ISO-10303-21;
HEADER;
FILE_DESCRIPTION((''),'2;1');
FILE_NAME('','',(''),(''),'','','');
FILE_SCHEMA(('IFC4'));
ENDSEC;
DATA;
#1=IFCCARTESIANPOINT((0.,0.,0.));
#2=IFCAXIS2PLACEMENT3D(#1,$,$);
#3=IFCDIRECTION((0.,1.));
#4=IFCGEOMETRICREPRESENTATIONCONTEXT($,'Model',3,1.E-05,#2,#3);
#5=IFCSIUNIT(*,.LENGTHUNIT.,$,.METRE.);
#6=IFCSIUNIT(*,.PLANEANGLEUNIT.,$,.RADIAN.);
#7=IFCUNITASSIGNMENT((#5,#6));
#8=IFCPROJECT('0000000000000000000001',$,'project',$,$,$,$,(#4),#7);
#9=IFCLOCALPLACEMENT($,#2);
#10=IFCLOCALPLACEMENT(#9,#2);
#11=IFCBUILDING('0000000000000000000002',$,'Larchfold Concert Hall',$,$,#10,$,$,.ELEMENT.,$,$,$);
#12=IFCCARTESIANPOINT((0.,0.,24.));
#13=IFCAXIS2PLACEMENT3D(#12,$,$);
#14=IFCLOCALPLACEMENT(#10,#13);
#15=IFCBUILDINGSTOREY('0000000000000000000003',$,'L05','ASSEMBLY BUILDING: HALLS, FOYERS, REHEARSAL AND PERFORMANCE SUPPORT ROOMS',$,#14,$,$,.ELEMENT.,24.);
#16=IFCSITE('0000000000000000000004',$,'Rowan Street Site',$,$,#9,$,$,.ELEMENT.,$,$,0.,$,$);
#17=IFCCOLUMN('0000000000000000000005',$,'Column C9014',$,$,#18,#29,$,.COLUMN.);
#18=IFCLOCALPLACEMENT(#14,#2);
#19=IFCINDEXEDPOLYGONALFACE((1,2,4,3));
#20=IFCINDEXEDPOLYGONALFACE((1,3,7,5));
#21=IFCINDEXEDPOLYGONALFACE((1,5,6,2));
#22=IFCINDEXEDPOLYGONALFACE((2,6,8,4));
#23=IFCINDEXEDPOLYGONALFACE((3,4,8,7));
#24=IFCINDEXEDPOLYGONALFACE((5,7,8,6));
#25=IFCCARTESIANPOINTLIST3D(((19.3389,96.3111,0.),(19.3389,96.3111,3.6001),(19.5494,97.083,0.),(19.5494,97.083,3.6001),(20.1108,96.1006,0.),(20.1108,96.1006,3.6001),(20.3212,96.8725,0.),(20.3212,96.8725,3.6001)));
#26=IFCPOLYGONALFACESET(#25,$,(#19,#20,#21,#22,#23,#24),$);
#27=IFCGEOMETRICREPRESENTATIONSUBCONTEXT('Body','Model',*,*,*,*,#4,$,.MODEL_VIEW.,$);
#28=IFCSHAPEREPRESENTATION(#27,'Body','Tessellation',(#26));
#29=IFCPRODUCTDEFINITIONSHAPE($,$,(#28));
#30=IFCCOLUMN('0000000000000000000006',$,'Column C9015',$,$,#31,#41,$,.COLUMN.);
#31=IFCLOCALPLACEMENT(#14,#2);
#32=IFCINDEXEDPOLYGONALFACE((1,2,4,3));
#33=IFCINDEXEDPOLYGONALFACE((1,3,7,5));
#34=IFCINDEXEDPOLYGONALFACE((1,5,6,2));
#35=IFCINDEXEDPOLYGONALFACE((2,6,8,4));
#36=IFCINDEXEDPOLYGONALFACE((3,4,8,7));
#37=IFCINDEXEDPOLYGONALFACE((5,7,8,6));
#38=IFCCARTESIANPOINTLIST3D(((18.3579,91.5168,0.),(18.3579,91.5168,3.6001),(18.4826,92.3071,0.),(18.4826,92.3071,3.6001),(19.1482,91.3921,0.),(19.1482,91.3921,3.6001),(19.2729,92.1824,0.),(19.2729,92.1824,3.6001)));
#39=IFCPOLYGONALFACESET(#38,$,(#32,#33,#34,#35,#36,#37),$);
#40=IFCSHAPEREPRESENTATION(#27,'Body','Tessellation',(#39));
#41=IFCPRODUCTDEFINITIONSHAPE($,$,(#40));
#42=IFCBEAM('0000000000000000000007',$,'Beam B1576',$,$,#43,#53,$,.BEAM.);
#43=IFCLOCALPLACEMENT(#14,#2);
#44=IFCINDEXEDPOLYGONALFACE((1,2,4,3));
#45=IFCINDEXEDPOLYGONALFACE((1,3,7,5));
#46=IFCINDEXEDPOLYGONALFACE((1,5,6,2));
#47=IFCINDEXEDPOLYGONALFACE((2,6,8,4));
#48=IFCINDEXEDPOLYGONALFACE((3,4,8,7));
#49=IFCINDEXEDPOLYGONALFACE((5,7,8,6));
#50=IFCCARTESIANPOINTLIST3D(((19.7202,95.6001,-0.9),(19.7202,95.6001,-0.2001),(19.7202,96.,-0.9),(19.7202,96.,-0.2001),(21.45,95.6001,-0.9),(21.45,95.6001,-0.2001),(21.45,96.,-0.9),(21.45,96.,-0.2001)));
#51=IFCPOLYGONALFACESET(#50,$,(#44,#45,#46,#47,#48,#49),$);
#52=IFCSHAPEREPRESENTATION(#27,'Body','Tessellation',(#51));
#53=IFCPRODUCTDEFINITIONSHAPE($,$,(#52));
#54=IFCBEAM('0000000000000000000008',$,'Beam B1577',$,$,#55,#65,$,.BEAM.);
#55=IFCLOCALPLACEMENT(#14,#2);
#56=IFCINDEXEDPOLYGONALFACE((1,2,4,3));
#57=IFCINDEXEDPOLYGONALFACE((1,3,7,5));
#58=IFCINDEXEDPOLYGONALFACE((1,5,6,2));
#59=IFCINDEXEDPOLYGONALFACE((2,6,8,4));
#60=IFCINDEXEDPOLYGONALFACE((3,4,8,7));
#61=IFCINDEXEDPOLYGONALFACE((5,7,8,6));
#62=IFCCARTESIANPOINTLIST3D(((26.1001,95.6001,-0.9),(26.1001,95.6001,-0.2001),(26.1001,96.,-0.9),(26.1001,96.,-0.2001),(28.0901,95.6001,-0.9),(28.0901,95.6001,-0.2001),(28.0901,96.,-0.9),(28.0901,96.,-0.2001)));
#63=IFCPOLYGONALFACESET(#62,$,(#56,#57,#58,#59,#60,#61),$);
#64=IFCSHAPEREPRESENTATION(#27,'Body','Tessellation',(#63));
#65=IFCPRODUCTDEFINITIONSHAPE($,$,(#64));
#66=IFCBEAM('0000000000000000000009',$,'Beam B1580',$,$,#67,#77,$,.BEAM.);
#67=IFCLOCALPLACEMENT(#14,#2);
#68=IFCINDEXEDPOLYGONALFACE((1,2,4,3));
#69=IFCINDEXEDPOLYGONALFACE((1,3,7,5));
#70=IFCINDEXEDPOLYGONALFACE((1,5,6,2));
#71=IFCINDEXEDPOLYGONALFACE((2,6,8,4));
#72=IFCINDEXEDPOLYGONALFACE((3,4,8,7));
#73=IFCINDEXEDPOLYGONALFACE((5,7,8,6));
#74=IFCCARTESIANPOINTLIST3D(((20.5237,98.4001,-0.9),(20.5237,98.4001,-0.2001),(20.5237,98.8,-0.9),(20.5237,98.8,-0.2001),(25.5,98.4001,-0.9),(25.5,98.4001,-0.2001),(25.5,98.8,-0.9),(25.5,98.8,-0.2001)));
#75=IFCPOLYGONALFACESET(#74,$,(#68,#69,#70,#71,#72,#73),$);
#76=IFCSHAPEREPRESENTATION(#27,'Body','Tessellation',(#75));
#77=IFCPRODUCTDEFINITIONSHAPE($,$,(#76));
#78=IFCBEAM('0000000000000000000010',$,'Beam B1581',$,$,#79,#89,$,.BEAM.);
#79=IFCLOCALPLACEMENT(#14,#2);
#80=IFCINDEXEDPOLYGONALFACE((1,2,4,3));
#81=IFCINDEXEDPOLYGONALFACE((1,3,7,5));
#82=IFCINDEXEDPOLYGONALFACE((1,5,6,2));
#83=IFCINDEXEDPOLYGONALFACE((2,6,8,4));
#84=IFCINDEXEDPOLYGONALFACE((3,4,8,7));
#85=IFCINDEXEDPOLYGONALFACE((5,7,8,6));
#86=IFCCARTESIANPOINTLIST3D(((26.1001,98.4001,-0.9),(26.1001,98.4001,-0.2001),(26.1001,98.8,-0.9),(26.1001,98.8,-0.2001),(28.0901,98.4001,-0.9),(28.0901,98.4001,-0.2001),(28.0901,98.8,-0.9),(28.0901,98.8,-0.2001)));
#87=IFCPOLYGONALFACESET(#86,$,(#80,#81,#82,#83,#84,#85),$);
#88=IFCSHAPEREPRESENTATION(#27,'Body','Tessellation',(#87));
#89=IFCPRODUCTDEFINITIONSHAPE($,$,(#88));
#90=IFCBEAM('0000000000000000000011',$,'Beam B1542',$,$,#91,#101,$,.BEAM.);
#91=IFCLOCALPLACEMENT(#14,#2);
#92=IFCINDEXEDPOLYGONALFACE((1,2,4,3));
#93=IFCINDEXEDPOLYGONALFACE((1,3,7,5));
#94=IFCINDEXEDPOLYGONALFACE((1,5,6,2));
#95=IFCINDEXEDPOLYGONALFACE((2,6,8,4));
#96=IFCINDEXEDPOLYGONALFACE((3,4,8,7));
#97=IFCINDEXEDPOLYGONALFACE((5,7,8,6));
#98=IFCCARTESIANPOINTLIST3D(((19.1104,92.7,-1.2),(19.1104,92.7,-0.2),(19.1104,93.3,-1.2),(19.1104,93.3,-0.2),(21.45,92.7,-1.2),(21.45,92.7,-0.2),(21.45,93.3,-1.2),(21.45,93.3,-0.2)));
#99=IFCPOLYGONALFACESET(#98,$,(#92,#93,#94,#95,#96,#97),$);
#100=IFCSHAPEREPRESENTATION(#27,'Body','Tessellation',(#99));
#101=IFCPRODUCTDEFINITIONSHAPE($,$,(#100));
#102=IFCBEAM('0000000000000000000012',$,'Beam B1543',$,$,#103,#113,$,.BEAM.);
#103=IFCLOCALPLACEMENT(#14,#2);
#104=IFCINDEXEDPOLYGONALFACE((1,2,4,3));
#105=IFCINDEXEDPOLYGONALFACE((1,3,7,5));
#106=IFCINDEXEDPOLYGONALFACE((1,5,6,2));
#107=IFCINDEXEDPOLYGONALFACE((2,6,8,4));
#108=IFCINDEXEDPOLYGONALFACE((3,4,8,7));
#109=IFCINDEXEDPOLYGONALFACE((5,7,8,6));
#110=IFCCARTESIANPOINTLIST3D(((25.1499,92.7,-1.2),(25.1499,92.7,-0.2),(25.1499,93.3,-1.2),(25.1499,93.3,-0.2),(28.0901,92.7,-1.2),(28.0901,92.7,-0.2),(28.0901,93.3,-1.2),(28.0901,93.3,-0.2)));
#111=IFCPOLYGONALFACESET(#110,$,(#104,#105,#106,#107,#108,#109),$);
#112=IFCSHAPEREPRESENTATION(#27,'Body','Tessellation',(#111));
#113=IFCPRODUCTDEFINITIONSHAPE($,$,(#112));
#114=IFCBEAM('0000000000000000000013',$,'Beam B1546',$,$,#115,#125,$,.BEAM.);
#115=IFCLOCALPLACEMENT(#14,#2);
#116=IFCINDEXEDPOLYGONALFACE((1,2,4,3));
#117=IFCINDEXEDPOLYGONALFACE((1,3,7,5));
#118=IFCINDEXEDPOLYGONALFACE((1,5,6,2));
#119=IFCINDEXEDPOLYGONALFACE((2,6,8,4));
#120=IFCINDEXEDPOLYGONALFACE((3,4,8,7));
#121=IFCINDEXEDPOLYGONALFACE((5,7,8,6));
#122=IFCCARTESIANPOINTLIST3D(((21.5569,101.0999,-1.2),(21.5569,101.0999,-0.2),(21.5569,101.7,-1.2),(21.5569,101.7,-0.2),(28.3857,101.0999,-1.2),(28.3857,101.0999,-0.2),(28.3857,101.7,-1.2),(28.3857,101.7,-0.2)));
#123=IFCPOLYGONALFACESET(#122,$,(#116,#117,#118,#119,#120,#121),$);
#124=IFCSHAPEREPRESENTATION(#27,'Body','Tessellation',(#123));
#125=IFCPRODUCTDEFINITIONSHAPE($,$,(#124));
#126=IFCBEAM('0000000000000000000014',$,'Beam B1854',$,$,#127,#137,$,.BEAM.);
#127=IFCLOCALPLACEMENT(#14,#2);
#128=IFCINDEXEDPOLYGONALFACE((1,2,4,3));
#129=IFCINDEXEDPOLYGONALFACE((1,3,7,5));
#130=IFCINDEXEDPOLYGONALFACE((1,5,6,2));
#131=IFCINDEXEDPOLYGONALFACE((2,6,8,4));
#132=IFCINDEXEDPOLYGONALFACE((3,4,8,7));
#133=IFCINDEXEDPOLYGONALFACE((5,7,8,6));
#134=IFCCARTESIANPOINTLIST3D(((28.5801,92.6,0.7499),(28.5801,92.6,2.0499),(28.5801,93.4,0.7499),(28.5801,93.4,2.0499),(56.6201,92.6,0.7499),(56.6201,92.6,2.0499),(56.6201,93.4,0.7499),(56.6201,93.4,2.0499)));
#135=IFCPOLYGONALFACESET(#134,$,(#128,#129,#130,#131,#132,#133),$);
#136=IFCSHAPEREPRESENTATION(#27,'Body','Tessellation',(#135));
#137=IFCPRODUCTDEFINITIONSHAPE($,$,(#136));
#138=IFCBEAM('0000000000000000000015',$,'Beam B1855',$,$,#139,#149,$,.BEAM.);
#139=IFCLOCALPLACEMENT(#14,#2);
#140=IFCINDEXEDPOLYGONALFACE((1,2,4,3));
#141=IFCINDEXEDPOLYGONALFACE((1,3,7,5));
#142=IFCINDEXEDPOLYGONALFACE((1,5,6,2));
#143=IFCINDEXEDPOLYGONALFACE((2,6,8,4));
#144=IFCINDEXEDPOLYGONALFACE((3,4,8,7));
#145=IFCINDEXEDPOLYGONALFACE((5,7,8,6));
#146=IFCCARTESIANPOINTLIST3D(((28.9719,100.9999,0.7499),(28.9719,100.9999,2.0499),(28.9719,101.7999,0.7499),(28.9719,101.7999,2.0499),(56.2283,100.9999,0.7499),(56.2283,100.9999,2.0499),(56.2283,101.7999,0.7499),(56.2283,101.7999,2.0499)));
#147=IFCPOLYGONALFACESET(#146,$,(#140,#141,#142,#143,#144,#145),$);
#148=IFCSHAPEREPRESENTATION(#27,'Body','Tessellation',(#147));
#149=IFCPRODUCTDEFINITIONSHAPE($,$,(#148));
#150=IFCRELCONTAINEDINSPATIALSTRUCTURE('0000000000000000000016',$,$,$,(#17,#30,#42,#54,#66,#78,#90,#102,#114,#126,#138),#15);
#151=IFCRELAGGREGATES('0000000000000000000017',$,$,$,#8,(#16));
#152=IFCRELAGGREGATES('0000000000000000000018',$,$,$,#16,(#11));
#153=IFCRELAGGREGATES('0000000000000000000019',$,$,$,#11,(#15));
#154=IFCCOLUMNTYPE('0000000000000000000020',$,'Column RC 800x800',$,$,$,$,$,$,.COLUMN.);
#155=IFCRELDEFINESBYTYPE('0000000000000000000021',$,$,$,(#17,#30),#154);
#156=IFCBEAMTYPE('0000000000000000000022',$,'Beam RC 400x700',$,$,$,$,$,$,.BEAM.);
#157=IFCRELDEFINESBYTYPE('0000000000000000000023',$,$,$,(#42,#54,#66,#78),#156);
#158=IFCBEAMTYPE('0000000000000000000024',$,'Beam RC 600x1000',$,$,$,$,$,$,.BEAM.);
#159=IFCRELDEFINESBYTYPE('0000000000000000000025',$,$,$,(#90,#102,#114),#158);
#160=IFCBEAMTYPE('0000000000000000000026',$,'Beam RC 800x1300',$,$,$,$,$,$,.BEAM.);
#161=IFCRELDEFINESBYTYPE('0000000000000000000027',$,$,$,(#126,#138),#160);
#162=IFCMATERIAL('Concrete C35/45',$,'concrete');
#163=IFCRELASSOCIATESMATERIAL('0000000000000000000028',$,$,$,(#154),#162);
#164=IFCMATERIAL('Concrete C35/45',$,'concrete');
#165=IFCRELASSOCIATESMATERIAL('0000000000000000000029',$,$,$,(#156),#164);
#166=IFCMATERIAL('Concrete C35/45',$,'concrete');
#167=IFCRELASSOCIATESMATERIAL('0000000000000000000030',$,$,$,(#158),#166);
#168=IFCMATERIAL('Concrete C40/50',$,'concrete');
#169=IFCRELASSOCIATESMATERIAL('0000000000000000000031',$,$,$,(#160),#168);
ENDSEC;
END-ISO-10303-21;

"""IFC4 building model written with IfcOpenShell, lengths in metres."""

from ifc_helpers import new_model, si_unit, direction, frame, origin, origin_2d, place, context, subcontext, project, spatial, rectangle, extrude, material, material_profile, profile_set, type_object, element, save


model = new_model("IFC4")

# Units and contexts
model_context = context("Model", 3, precision=1e-05, world=origin(), true_north=direction((0.0, 1.0)))
body_context = subcontext(model_context, "Body", "Model", "MODEL_VIEW")
ifc_project = project(units=[si_unit("LENGTHUNIT", "METRE"), si_unit("PLANEANGLEUNIT", "RADIAN")], contexts=[model_context])

# Site, building, storey
site_placement = place(None, origin())
site = spatial("IfcSite", under=ifc_project, at=site_placement, Name="Rowan Street Site", CompositionType="ELEMENT", RefElevation=0.0)
building_placement = place(site_placement, origin())
building = spatial("IfcBuilding", under=site, at=building_placement, Name="Larchfold Concert Hall", CompositionType="ELEMENT")
storey_placement = place(building_placement, frame((0.0, 0.0, 24.0)))
storey = spatial("IfcBuildingStorey", under=building, at=storey_placement, Name="L05", Description="ASSEMBLY BUILDING: HALLS, FOYERS, REHEARSAL AND PERFORMANCE SUPPORT ROOMS", CompositionType="ELEMENT", Elevation=24.0)

# Columns
ifc_material_1 = material(Name="Concrete C35/45", Category="concrete")
ifc_material_profile_1 = material_profile(ifc_material_1, rectangle(XDim=0.8, YDim=0.8, at=origin_2d()))
ifc_profile_set_1 = profile_set([ifc_material_profile_1], Name="Concrete C35/45")
column_type = type_object("IfcColumnType", Name="Column RC 800x800", PredefinedType="COLUMN", material=ifc_profile_set_1)
for number, where, z_axis, x_axis, name in (
    (1, (19.8301, 96.5918, 0.0), (0.0, 0.0, 1.0), (0.263031, 0.964788, 0.0), "Column C9014"),
    (2, (18.8154, 91.8496, 0.0), (0.0, 0.0, 1.0), (0.155868, 0.987778, 0.0), "Column C9015"),
):
    element("IfcColumn", number, at=place(storey_placement, frame(where, z_axis=z_axis, x_axis=x_axis)), inside=storey, type_object=column_type, Name=name, PredefinedType="COLUMN", context=body_context, shape_type="SweptSolid", body=[
        extrude(rectangle(XDim=0.8, YDim=0.8, at=origin_2d()), origin(), (0.0, 0.0, 1.0), 3.6001),
    ])

# Beams
ifc_material_2 = material(Name="Concrete C35/45", Category="concrete")
ifc_material_profile_2 = material_profile(ifc_material_2, rectangle(XDim=0.3999, YDim=0.7, at=origin_2d()))
ifc_profile_set_2 = profile_set([ifc_material_profile_2], Name="Concrete C35/45")
beam_type_1 = type_object("IfcBeamType", Name="Beam RC 400x700", PredefinedType="BEAM", material=ifc_profile_set_2)
beam_1_placement = place(storey_placement, frame((19.7202, 95.8, -0.55), z_axis=(1.0, 0.0, 0.0), x_axis=(0.0, 1.0, 0.0)))
element("IfcBeam", 3, at=beam_1_placement, inside=storey, type_object=beam_type_1, Name="Beam B1576", PredefinedType="BEAM", context=body_context, shape_type="SweptSolid", body=[
    extrude(rectangle(XDim=0.3999, YDim=0.7, at=origin_2d()), origin(), (0.0, 0.0, 1.0), 1.7297),
])
beam_2_placement = place(storey_placement, frame((26.1001, 95.8, -0.55), z_axis=(1.0, 0.0, 0.0), x_axis=(0.0, 1.0, 0.0)))
element("IfcBeam", 4, at=beam_2_placement, inside=storey, type_object=beam_type_1, Name="Beam B1577", PredefinedType="BEAM", context=body_context, shape_type="SweptSolid", body=[
    extrude(rectangle(XDim=0.3999, YDim=0.7, at=origin_2d()), origin(), (0.0, 0.0, 1.0), 1.99),
])
beam_3_placement = place(storey_placement, frame((20.5237, 98.6001, -0.55), z_axis=(1.0, 0.0, 0.0), x_axis=(0.0, 1.0, 0.0)))
element("IfcBeam", 5, at=beam_3_placement, inside=storey, type_object=beam_type_1, Name="Beam B1580", PredefinedType="BEAM", context=body_context, shape_type="SweptSolid", body=[
    extrude(rectangle(XDim=0.3999, YDim=0.7, at=origin_2d()), origin(), (0.0, 0.0, 1.0), 4.9763),
])
beam_4_placement = place(storey_placement, frame((26.1001, 98.6001, -0.55), z_axis=(1.0, 0.0, 0.0), x_axis=(0.0, 1.0, 0.0)))
element("IfcBeam", 6, at=beam_4_placement, inside=storey, type_object=beam_type_1, Name="Beam B1581", PredefinedType="BEAM", context=body_context, shape_type="SweptSolid", body=[
    extrude(rectangle(XDim=0.3999, YDim=0.7, at=origin_2d()), origin(), (0.0, 0.0, 1.0), 1.99),
])
ifc_material_3 = material(Name="Concrete C35/45", Category="concrete")
ifc_material_profile_3 = material_profile(ifc_material_3, rectangle(XDim=0.6001, YDim=1.0, at=origin_2d()))
ifc_profile_set_3 = profile_set([ifc_material_profile_3], Name="Concrete C35/45")
beam_type_2 = type_object("IfcBeamType", Name="Beam RC 600x1000", PredefinedType="BEAM", material=ifc_profile_set_3)
beam_5_placement = place(storey_placement, frame((19.1104, 93.0, -0.7), z_axis=(1.0, 0.0, 0.0), x_axis=(0.0, 1.0, 0.0)))
element("IfcBeam", 7, at=beam_5_placement, inside=storey, type_object=beam_type_2, Name="Beam B1542", PredefinedType="BEAM", context=body_context, shape_type="SweptSolid", body=[
    extrude(rectangle(XDim=0.6001, YDim=1.0, at=origin_2d()), origin(), (0.0, 0.0, 1.0), 2.3396),
])
beam_6_placement = place(storey_placement, frame((25.1499, 93.0, -0.7), z_axis=(1.0, 0.0, 0.0), x_axis=(0.0, 1.0, 0.0)))
element("IfcBeam", 8, at=beam_6_placement, inside=storey, type_object=beam_type_2, Name="Beam B1543", PredefinedType="BEAM", context=body_context, shape_type="SweptSolid", body=[
    extrude(rectangle(XDim=0.6001, YDim=1.0, at=origin_2d()), origin(), (0.0, 0.0, 1.0), 2.9402),
])
beam_7_placement = place(storey_placement, frame((21.5569, 101.3999, -0.7), z_axis=(1.0, 0.0, 0.0), x_axis=(0.0, 1.0, 0.0)))
element("IfcBeam", 9, at=beam_7_placement, inside=storey, type_object=beam_type_2, Name="Beam B1546", PredefinedType="BEAM", context=body_context, shape_type="SweptSolid", body=[
    extrude(rectangle(XDim=0.6001, YDim=1.0, at=origin_2d()), origin(), (0.0, 0.0, 1.0), 6.8289),
])
ifc_material_4 = material(Name="Concrete C40/50", Category="concrete")
ifc_material_profile_4 = material_profile(ifc_material_4, rectangle(XDim=0.8, YDim=1.3, at=origin_2d()))
ifc_profile_set_4 = profile_set([ifc_material_profile_4], Name="Concrete C40/50")
beam_type_3 = type_object("IfcBeamType", Name="Beam RC 800x1300", PredefinedType="BEAM", material=ifc_profile_set_4)
beam_8_placement = place(storey_placement, frame((28.5801, 93.0, 1.3999), z_axis=(1.0, 0.0, 0.0), x_axis=(0.0, 1.0, 0.0)))
element("IfcBeam", 10, at=beam_8_placement, inside=storey, type_object=beam_type_3, Name="Beam B1854", PredefinedType="BEAM", context=body_context, shape_type="SweptSolid", body=[
    extrude(rectangle(XDim=0.8, YDim=1.3, at=origin_2d()), origin(), (0.0, 0.0, 1.0), 28.04),
])
beam_9_placement = place(storey_placement, frame((28.9719, 101.3999, 1.3999), z_axis=(1.0, 0.0, 0.0), x_axis=(0.0, 1.0, 0.0)))
element("IfcBeam", 11, at=beam_9_placement, inside=storey, type_object=beam_type_3, Name="Beam B1855", PredefinedType="BEAM", context=body_context, shape_type="SweptSolid", body=[
    extrude(rectangle(XDim=0.8, YDim=1.3, at=origin_2d()), origin(), (0.0, 0.0, 1.0), 27.2563),
])

save(model, "model.ifc")
